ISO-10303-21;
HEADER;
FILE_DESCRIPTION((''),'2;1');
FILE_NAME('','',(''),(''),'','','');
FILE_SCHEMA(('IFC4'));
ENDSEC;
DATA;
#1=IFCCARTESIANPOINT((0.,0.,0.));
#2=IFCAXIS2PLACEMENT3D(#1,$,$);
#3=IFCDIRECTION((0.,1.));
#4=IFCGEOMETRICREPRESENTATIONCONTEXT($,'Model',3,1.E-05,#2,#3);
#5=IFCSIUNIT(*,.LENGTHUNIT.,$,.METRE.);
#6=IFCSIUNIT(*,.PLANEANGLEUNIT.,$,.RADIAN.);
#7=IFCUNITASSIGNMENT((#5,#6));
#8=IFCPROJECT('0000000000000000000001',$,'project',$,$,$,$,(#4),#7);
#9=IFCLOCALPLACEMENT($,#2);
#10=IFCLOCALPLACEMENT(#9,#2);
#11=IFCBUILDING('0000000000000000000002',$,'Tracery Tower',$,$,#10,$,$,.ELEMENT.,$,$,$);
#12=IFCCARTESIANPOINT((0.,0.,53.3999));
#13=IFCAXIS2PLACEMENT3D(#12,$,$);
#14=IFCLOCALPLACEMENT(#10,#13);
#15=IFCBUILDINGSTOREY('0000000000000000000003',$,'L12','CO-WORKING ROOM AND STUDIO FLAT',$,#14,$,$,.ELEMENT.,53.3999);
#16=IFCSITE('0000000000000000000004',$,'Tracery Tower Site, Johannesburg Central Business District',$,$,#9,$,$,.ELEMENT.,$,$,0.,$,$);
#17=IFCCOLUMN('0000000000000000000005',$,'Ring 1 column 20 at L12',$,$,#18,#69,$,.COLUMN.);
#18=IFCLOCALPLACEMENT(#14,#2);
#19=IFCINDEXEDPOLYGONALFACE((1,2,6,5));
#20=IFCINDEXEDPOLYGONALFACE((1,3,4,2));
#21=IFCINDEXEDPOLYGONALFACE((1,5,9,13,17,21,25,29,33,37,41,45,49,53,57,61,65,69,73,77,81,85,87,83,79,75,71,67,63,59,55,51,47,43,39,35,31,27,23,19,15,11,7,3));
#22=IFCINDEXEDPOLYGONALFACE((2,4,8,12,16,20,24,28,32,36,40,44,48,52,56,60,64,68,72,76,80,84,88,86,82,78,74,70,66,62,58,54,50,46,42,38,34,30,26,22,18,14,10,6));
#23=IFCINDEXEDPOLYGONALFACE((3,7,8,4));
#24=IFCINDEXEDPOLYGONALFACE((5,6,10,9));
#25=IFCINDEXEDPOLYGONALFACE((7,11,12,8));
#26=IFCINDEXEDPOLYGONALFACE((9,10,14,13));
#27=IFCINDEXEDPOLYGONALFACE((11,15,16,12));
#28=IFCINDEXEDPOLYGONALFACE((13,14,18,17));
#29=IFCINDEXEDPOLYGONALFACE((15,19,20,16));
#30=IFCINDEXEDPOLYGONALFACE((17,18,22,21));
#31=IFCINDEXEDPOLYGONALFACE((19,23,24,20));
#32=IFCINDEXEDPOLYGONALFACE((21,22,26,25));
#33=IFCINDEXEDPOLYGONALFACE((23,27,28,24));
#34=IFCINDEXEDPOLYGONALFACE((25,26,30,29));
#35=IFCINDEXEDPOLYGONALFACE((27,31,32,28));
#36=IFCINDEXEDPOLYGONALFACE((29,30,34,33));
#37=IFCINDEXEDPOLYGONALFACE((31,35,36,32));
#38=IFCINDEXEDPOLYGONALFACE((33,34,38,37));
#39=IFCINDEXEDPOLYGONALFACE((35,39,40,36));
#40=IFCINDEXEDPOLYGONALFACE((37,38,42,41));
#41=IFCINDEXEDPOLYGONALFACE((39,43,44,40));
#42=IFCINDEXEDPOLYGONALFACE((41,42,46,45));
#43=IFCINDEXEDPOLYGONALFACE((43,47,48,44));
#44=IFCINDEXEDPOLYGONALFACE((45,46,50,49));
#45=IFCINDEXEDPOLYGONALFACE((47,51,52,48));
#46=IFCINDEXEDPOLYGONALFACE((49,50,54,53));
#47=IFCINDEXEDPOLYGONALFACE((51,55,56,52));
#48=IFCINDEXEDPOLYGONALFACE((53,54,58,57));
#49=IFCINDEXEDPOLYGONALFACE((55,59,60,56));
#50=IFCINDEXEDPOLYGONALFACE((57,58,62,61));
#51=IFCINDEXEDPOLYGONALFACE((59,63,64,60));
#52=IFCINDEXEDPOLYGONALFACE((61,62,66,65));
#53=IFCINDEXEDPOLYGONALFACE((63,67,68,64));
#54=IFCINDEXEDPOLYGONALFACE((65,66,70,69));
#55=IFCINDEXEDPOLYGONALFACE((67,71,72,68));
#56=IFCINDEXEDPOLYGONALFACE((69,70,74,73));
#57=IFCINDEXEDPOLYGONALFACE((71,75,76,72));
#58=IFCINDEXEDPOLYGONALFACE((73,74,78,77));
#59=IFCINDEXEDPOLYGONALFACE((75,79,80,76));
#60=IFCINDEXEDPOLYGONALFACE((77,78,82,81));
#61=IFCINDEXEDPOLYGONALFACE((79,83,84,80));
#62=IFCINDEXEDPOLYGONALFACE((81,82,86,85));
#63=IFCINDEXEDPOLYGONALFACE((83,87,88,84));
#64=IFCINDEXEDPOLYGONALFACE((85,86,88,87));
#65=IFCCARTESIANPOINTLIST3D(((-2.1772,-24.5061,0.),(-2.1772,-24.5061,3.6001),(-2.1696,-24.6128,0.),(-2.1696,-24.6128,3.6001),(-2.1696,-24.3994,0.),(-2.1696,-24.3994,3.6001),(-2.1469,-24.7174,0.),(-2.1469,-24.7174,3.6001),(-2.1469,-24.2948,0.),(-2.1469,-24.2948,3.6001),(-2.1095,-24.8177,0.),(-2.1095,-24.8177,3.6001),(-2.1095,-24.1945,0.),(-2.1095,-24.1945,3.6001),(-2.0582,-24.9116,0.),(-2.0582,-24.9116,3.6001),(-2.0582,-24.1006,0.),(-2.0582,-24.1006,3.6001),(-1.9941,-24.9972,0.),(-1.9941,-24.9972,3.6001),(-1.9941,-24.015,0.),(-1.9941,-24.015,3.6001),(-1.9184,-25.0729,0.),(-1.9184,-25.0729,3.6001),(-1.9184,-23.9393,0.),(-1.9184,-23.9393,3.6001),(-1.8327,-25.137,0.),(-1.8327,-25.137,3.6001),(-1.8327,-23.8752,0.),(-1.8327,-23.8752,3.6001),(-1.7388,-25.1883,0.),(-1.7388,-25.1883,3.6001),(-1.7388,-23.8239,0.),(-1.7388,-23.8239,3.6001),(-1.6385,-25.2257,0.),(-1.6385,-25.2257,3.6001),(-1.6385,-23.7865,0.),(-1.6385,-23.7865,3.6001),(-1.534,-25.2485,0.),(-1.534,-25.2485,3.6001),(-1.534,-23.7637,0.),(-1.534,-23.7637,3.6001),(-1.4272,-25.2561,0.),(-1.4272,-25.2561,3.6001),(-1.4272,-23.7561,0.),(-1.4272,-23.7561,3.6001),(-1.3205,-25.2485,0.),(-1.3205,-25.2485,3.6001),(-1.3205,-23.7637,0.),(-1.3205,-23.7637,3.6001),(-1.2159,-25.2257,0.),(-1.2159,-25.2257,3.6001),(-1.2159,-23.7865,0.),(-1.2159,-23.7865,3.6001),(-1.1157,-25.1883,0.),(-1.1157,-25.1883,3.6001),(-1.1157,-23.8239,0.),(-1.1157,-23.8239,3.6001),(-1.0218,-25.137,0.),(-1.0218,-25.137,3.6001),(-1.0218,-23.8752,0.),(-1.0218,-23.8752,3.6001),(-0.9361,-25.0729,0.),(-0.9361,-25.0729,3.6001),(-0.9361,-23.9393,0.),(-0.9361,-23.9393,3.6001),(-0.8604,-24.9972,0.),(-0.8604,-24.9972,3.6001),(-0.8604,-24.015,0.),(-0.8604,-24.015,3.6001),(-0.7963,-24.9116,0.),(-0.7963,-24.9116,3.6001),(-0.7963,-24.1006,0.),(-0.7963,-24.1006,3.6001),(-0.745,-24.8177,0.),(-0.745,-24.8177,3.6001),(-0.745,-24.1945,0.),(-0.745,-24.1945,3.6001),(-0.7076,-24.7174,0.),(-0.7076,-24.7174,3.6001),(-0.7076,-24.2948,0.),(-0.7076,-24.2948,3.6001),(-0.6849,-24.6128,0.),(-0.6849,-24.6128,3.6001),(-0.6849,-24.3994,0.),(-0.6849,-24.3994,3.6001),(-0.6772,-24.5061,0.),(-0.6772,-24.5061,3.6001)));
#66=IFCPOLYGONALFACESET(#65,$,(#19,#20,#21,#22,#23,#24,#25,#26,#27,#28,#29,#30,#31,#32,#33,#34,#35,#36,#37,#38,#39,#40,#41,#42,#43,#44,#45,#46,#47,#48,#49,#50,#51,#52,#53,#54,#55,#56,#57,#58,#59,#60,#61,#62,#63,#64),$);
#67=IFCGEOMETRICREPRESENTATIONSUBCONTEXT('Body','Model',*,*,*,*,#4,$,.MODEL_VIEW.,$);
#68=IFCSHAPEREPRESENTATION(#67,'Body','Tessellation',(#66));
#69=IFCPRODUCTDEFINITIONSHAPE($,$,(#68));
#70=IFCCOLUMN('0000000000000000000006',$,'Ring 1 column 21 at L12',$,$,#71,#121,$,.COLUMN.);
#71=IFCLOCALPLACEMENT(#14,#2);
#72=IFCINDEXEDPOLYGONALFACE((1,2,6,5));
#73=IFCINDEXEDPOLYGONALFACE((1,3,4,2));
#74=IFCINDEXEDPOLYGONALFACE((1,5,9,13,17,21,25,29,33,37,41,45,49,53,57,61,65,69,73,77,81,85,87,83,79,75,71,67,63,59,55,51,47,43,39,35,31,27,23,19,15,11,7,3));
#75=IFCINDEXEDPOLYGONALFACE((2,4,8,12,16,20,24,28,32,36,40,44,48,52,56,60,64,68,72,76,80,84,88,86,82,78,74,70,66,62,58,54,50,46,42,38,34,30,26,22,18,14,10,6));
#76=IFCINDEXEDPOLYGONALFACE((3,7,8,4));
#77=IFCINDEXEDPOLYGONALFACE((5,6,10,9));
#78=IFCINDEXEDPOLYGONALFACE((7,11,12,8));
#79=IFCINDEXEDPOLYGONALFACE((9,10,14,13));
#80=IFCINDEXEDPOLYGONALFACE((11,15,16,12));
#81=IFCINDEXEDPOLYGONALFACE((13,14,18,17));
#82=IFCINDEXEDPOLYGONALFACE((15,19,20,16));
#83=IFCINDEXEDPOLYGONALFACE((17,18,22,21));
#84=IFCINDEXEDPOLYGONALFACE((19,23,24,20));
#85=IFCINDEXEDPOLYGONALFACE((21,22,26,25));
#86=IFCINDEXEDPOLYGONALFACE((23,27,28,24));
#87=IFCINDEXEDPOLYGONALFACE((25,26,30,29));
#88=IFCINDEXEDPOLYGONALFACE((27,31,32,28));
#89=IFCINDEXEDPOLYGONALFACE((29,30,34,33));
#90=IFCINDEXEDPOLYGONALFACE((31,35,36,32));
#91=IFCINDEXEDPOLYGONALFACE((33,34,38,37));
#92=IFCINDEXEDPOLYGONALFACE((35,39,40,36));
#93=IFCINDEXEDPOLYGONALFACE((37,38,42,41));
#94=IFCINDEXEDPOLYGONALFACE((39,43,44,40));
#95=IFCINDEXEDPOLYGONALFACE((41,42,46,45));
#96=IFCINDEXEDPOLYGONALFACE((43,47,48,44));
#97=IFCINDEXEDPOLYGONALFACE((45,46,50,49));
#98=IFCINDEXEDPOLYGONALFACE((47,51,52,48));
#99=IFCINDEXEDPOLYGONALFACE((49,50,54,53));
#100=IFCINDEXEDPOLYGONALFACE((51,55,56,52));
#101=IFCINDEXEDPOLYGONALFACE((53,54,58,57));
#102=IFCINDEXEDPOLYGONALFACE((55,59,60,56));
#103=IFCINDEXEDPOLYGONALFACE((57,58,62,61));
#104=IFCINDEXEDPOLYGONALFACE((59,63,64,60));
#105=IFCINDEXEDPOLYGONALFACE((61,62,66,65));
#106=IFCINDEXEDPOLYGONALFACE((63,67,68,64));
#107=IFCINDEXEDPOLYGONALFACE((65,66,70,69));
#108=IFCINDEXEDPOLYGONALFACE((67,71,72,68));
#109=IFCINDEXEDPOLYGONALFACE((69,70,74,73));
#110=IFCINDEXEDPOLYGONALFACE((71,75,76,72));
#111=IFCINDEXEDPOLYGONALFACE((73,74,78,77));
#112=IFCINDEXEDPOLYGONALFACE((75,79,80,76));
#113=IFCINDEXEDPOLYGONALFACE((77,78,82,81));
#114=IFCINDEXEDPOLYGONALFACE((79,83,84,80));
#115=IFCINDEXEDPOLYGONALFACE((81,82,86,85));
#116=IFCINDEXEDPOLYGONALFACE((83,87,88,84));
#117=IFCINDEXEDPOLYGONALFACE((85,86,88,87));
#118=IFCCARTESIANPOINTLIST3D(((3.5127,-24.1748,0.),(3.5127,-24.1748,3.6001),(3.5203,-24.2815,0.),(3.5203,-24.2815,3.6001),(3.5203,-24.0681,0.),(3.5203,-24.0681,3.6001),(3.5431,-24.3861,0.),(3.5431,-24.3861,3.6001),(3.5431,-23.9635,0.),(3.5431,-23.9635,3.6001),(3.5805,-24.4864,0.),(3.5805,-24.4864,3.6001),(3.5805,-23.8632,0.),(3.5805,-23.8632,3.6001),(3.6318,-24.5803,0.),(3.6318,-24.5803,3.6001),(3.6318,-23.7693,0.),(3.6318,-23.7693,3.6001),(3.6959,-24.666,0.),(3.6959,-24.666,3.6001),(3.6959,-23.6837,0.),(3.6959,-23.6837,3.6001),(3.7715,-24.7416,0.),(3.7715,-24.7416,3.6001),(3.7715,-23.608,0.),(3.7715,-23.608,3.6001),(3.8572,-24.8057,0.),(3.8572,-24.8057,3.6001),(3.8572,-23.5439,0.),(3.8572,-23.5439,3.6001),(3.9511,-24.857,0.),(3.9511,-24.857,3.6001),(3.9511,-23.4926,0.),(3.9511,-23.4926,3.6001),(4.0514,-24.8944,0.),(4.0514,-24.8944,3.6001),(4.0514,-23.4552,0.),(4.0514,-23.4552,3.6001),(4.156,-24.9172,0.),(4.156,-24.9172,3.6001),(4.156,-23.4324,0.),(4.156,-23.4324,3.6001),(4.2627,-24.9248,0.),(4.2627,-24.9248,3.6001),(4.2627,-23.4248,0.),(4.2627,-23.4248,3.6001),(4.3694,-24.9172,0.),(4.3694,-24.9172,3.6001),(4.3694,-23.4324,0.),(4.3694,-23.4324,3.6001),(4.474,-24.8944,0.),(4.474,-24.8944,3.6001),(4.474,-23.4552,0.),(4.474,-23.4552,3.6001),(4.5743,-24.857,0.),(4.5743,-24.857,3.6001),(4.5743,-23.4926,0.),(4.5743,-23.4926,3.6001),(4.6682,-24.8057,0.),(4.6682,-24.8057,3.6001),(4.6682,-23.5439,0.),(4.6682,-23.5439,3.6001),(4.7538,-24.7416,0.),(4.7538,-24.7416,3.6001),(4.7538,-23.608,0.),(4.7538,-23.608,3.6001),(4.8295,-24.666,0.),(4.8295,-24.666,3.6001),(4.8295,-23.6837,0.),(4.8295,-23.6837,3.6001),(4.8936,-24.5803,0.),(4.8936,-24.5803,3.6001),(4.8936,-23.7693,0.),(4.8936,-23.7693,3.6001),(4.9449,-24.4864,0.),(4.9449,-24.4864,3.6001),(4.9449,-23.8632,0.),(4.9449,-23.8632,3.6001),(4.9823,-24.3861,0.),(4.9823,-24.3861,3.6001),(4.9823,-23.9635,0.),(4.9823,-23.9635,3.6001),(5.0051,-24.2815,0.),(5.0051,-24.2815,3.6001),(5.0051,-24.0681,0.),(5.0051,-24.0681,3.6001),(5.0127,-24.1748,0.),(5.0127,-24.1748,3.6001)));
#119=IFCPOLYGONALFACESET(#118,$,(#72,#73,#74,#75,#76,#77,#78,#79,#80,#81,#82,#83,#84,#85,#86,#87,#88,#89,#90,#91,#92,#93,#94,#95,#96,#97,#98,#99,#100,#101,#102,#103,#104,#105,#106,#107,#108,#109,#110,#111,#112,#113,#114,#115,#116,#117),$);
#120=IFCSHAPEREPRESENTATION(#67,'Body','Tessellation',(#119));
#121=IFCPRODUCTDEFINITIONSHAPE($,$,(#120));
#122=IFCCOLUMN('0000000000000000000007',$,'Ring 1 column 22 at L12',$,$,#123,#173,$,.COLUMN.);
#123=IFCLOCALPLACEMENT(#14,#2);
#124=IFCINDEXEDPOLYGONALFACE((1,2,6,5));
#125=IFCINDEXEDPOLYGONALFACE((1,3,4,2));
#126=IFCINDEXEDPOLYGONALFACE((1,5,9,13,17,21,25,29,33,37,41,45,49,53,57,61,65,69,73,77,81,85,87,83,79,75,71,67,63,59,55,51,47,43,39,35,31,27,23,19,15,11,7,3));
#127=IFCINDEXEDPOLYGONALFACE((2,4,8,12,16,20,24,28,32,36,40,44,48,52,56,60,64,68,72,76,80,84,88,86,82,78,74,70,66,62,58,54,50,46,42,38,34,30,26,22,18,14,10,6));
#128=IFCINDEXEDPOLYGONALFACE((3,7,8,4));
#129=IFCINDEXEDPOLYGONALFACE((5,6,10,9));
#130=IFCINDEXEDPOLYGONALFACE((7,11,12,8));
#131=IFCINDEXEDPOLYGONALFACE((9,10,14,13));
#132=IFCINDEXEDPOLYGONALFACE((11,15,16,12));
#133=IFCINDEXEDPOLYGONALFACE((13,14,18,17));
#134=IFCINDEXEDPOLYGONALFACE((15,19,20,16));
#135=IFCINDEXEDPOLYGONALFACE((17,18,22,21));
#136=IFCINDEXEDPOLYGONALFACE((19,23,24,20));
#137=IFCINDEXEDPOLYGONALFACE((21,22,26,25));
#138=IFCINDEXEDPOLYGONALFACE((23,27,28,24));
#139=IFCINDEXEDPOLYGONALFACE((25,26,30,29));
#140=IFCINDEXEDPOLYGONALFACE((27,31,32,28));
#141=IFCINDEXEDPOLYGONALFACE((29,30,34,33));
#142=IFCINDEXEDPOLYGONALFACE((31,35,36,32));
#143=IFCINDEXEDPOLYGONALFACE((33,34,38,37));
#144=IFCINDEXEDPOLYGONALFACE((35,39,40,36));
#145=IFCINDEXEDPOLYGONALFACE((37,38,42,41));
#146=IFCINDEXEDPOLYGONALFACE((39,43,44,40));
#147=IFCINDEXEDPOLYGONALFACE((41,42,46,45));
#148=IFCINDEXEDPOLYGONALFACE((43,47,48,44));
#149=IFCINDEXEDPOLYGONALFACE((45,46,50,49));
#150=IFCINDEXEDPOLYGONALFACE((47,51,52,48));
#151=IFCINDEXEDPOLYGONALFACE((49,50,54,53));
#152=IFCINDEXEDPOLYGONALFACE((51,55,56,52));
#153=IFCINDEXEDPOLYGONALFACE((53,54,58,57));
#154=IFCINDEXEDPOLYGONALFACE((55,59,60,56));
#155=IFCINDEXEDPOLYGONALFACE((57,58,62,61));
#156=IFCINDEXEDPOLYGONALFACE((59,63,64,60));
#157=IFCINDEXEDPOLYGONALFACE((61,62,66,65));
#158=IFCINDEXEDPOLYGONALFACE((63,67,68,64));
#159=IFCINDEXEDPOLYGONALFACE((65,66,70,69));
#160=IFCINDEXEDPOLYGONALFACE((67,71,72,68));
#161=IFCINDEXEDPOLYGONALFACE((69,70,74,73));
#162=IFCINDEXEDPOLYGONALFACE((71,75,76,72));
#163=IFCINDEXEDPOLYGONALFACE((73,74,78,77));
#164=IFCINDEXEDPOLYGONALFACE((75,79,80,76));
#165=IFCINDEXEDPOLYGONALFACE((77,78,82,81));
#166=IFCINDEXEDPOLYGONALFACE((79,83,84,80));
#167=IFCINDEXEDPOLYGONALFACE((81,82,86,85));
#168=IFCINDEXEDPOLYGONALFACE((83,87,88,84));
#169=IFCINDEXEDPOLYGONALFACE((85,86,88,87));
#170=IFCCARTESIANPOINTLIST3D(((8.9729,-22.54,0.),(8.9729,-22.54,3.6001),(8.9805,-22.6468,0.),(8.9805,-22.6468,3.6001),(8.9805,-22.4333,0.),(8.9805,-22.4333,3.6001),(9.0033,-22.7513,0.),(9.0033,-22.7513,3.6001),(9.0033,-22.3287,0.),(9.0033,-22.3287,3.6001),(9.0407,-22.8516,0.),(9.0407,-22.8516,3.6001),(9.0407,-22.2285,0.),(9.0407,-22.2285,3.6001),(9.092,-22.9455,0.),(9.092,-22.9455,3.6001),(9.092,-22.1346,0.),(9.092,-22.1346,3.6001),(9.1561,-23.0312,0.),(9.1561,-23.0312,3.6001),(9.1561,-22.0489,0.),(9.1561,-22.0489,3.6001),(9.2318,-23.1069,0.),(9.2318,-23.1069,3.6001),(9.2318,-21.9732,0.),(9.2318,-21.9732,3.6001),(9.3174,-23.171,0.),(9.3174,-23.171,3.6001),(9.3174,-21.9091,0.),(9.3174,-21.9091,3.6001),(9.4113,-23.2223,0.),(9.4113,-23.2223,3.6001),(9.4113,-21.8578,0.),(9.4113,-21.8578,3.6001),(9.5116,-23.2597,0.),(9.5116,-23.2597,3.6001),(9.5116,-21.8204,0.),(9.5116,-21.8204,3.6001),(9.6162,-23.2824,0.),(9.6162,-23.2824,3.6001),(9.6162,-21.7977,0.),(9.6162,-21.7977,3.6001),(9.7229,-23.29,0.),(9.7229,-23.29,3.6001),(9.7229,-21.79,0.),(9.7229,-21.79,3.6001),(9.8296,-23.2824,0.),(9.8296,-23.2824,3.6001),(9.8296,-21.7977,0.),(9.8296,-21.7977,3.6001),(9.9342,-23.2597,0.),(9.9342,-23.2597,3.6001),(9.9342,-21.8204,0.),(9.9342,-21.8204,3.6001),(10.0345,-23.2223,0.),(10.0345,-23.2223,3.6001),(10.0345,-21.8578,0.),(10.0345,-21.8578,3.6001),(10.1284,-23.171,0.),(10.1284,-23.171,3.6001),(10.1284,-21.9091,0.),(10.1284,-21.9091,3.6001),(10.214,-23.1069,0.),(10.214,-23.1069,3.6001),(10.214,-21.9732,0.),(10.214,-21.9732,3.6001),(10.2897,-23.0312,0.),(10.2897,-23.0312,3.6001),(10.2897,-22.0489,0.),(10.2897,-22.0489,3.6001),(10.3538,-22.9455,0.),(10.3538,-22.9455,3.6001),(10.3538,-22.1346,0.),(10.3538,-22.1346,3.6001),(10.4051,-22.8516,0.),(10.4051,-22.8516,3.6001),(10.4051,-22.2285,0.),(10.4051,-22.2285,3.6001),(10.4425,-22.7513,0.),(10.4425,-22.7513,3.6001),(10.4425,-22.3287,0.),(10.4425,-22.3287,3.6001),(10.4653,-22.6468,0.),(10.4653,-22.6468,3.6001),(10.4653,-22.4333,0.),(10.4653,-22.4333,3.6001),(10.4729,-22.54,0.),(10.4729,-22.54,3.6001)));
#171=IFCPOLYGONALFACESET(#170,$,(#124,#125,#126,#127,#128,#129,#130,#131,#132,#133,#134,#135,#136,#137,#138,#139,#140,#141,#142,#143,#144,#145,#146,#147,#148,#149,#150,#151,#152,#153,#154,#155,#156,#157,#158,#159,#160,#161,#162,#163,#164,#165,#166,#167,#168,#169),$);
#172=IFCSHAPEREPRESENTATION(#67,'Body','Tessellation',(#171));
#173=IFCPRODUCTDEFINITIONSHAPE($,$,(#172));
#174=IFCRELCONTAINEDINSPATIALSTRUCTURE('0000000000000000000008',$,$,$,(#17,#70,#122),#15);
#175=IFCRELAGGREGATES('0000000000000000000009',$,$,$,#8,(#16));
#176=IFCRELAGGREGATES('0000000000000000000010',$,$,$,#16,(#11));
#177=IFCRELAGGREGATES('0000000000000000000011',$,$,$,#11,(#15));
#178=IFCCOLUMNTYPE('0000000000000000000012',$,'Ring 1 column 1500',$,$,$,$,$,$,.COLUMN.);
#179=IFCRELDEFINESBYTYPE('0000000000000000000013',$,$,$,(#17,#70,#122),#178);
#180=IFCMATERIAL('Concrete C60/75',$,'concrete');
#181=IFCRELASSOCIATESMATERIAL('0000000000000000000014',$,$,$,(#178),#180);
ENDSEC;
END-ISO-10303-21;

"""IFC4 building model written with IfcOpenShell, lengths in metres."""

from ifc_helpers import new_model, si_unit, direction, frame, origin, origin_2d, place, context, subcontext, project, spatial, circle, extrude, material, material_profile, profile_set, type_object, element, save


model = new_model("IFC4")

# Units and contexts
model_context = context("Model", 3, precision=1e-05, world=origin(), true_north=direction((0.0, 1.0)))
body_context = subcontext(model_context, "Body", "Model", "MODEL_VIEW")
ifc_project = project(units=[si_unit("LENGTHUNIT", "METRE"), si_unit("PLANEANGLEUNIT", "RADIAN")], contexts=[model_context])

# Site, building, storey
site_placement = place(None, origin())
site = spatial("IfcSite", under=ifc_project, at=site_placement, Name="Tracery Tower Site, Johannesburg Central Business District", CompositionType="ELEMENT", RefElevation=0.0)
building_placement = place(site_placement, origin())
building = spatial("IfcBuilding", under=site, at=building_placement, Name="Tracery Tower", CompositionType="ELEMENT")
storey_placement = place(building_placement, frame((0.0, 0.0, 53.3999)))
storey = spatial("IfcBuildingStorey", under=building, at=storey_placement, Name="L12", Description="CO-WORKING ROOM AND STUDIO FLAT", CompositionType="ELEMENT", Elevation=53.3999)

# Columns
ifc_material_1 = material(Name="Concrete C60/75", Category="concrete")
ifc_material_profile_1 = material_profile(ifc_material_1, circle(Radius=0.75, at=origin_2d()), Name="RC D1500")
ifc_profile_set_1 = profile_set([ifc_material_profile_1], Name="Concrete C60/75")
column_type_1 = type_object("IfcColumnType", Name="Ring 1 column 1500", PredefinedType="COLUMN", material=ifc_profile_set_1)
for number, where, z_axis, x_axis, name in (
    (1, (-1.4272, -24.5061, 0.0), (0.0, 0.0, 1.0), (1.0, 0.0, 0.0), "Ring 1 column 20 at L12"),
    (2, (4.2627, -24.1748, 0.0), (0.0, 0.0, 1.0), (1.0, 0.0, 0.0), "Ring 1 column 21 at L12"),
    (3, (9.7229, -22.54, 0.0), (0.0, 0.0, 1.0), (1.0, 0.0, 0.0), "Ring 1 column 22 at L12"),
):
    element("IfcColumn", number, at=place(storey_placement, frame(where, z_axis=z_axis, x_axis=x_axis)), inside=storey, type_object=column_type_1, Name=name, PredefinedType="COLUMN", context=body_context, shape_type="SweptSolid", body=[
        extrude(circle(Radius=0.75, at=origin_2d()), origin(), (0.0, 0.0, 1.0), 3.6001),
    ])

save(model, "model.ifc")
